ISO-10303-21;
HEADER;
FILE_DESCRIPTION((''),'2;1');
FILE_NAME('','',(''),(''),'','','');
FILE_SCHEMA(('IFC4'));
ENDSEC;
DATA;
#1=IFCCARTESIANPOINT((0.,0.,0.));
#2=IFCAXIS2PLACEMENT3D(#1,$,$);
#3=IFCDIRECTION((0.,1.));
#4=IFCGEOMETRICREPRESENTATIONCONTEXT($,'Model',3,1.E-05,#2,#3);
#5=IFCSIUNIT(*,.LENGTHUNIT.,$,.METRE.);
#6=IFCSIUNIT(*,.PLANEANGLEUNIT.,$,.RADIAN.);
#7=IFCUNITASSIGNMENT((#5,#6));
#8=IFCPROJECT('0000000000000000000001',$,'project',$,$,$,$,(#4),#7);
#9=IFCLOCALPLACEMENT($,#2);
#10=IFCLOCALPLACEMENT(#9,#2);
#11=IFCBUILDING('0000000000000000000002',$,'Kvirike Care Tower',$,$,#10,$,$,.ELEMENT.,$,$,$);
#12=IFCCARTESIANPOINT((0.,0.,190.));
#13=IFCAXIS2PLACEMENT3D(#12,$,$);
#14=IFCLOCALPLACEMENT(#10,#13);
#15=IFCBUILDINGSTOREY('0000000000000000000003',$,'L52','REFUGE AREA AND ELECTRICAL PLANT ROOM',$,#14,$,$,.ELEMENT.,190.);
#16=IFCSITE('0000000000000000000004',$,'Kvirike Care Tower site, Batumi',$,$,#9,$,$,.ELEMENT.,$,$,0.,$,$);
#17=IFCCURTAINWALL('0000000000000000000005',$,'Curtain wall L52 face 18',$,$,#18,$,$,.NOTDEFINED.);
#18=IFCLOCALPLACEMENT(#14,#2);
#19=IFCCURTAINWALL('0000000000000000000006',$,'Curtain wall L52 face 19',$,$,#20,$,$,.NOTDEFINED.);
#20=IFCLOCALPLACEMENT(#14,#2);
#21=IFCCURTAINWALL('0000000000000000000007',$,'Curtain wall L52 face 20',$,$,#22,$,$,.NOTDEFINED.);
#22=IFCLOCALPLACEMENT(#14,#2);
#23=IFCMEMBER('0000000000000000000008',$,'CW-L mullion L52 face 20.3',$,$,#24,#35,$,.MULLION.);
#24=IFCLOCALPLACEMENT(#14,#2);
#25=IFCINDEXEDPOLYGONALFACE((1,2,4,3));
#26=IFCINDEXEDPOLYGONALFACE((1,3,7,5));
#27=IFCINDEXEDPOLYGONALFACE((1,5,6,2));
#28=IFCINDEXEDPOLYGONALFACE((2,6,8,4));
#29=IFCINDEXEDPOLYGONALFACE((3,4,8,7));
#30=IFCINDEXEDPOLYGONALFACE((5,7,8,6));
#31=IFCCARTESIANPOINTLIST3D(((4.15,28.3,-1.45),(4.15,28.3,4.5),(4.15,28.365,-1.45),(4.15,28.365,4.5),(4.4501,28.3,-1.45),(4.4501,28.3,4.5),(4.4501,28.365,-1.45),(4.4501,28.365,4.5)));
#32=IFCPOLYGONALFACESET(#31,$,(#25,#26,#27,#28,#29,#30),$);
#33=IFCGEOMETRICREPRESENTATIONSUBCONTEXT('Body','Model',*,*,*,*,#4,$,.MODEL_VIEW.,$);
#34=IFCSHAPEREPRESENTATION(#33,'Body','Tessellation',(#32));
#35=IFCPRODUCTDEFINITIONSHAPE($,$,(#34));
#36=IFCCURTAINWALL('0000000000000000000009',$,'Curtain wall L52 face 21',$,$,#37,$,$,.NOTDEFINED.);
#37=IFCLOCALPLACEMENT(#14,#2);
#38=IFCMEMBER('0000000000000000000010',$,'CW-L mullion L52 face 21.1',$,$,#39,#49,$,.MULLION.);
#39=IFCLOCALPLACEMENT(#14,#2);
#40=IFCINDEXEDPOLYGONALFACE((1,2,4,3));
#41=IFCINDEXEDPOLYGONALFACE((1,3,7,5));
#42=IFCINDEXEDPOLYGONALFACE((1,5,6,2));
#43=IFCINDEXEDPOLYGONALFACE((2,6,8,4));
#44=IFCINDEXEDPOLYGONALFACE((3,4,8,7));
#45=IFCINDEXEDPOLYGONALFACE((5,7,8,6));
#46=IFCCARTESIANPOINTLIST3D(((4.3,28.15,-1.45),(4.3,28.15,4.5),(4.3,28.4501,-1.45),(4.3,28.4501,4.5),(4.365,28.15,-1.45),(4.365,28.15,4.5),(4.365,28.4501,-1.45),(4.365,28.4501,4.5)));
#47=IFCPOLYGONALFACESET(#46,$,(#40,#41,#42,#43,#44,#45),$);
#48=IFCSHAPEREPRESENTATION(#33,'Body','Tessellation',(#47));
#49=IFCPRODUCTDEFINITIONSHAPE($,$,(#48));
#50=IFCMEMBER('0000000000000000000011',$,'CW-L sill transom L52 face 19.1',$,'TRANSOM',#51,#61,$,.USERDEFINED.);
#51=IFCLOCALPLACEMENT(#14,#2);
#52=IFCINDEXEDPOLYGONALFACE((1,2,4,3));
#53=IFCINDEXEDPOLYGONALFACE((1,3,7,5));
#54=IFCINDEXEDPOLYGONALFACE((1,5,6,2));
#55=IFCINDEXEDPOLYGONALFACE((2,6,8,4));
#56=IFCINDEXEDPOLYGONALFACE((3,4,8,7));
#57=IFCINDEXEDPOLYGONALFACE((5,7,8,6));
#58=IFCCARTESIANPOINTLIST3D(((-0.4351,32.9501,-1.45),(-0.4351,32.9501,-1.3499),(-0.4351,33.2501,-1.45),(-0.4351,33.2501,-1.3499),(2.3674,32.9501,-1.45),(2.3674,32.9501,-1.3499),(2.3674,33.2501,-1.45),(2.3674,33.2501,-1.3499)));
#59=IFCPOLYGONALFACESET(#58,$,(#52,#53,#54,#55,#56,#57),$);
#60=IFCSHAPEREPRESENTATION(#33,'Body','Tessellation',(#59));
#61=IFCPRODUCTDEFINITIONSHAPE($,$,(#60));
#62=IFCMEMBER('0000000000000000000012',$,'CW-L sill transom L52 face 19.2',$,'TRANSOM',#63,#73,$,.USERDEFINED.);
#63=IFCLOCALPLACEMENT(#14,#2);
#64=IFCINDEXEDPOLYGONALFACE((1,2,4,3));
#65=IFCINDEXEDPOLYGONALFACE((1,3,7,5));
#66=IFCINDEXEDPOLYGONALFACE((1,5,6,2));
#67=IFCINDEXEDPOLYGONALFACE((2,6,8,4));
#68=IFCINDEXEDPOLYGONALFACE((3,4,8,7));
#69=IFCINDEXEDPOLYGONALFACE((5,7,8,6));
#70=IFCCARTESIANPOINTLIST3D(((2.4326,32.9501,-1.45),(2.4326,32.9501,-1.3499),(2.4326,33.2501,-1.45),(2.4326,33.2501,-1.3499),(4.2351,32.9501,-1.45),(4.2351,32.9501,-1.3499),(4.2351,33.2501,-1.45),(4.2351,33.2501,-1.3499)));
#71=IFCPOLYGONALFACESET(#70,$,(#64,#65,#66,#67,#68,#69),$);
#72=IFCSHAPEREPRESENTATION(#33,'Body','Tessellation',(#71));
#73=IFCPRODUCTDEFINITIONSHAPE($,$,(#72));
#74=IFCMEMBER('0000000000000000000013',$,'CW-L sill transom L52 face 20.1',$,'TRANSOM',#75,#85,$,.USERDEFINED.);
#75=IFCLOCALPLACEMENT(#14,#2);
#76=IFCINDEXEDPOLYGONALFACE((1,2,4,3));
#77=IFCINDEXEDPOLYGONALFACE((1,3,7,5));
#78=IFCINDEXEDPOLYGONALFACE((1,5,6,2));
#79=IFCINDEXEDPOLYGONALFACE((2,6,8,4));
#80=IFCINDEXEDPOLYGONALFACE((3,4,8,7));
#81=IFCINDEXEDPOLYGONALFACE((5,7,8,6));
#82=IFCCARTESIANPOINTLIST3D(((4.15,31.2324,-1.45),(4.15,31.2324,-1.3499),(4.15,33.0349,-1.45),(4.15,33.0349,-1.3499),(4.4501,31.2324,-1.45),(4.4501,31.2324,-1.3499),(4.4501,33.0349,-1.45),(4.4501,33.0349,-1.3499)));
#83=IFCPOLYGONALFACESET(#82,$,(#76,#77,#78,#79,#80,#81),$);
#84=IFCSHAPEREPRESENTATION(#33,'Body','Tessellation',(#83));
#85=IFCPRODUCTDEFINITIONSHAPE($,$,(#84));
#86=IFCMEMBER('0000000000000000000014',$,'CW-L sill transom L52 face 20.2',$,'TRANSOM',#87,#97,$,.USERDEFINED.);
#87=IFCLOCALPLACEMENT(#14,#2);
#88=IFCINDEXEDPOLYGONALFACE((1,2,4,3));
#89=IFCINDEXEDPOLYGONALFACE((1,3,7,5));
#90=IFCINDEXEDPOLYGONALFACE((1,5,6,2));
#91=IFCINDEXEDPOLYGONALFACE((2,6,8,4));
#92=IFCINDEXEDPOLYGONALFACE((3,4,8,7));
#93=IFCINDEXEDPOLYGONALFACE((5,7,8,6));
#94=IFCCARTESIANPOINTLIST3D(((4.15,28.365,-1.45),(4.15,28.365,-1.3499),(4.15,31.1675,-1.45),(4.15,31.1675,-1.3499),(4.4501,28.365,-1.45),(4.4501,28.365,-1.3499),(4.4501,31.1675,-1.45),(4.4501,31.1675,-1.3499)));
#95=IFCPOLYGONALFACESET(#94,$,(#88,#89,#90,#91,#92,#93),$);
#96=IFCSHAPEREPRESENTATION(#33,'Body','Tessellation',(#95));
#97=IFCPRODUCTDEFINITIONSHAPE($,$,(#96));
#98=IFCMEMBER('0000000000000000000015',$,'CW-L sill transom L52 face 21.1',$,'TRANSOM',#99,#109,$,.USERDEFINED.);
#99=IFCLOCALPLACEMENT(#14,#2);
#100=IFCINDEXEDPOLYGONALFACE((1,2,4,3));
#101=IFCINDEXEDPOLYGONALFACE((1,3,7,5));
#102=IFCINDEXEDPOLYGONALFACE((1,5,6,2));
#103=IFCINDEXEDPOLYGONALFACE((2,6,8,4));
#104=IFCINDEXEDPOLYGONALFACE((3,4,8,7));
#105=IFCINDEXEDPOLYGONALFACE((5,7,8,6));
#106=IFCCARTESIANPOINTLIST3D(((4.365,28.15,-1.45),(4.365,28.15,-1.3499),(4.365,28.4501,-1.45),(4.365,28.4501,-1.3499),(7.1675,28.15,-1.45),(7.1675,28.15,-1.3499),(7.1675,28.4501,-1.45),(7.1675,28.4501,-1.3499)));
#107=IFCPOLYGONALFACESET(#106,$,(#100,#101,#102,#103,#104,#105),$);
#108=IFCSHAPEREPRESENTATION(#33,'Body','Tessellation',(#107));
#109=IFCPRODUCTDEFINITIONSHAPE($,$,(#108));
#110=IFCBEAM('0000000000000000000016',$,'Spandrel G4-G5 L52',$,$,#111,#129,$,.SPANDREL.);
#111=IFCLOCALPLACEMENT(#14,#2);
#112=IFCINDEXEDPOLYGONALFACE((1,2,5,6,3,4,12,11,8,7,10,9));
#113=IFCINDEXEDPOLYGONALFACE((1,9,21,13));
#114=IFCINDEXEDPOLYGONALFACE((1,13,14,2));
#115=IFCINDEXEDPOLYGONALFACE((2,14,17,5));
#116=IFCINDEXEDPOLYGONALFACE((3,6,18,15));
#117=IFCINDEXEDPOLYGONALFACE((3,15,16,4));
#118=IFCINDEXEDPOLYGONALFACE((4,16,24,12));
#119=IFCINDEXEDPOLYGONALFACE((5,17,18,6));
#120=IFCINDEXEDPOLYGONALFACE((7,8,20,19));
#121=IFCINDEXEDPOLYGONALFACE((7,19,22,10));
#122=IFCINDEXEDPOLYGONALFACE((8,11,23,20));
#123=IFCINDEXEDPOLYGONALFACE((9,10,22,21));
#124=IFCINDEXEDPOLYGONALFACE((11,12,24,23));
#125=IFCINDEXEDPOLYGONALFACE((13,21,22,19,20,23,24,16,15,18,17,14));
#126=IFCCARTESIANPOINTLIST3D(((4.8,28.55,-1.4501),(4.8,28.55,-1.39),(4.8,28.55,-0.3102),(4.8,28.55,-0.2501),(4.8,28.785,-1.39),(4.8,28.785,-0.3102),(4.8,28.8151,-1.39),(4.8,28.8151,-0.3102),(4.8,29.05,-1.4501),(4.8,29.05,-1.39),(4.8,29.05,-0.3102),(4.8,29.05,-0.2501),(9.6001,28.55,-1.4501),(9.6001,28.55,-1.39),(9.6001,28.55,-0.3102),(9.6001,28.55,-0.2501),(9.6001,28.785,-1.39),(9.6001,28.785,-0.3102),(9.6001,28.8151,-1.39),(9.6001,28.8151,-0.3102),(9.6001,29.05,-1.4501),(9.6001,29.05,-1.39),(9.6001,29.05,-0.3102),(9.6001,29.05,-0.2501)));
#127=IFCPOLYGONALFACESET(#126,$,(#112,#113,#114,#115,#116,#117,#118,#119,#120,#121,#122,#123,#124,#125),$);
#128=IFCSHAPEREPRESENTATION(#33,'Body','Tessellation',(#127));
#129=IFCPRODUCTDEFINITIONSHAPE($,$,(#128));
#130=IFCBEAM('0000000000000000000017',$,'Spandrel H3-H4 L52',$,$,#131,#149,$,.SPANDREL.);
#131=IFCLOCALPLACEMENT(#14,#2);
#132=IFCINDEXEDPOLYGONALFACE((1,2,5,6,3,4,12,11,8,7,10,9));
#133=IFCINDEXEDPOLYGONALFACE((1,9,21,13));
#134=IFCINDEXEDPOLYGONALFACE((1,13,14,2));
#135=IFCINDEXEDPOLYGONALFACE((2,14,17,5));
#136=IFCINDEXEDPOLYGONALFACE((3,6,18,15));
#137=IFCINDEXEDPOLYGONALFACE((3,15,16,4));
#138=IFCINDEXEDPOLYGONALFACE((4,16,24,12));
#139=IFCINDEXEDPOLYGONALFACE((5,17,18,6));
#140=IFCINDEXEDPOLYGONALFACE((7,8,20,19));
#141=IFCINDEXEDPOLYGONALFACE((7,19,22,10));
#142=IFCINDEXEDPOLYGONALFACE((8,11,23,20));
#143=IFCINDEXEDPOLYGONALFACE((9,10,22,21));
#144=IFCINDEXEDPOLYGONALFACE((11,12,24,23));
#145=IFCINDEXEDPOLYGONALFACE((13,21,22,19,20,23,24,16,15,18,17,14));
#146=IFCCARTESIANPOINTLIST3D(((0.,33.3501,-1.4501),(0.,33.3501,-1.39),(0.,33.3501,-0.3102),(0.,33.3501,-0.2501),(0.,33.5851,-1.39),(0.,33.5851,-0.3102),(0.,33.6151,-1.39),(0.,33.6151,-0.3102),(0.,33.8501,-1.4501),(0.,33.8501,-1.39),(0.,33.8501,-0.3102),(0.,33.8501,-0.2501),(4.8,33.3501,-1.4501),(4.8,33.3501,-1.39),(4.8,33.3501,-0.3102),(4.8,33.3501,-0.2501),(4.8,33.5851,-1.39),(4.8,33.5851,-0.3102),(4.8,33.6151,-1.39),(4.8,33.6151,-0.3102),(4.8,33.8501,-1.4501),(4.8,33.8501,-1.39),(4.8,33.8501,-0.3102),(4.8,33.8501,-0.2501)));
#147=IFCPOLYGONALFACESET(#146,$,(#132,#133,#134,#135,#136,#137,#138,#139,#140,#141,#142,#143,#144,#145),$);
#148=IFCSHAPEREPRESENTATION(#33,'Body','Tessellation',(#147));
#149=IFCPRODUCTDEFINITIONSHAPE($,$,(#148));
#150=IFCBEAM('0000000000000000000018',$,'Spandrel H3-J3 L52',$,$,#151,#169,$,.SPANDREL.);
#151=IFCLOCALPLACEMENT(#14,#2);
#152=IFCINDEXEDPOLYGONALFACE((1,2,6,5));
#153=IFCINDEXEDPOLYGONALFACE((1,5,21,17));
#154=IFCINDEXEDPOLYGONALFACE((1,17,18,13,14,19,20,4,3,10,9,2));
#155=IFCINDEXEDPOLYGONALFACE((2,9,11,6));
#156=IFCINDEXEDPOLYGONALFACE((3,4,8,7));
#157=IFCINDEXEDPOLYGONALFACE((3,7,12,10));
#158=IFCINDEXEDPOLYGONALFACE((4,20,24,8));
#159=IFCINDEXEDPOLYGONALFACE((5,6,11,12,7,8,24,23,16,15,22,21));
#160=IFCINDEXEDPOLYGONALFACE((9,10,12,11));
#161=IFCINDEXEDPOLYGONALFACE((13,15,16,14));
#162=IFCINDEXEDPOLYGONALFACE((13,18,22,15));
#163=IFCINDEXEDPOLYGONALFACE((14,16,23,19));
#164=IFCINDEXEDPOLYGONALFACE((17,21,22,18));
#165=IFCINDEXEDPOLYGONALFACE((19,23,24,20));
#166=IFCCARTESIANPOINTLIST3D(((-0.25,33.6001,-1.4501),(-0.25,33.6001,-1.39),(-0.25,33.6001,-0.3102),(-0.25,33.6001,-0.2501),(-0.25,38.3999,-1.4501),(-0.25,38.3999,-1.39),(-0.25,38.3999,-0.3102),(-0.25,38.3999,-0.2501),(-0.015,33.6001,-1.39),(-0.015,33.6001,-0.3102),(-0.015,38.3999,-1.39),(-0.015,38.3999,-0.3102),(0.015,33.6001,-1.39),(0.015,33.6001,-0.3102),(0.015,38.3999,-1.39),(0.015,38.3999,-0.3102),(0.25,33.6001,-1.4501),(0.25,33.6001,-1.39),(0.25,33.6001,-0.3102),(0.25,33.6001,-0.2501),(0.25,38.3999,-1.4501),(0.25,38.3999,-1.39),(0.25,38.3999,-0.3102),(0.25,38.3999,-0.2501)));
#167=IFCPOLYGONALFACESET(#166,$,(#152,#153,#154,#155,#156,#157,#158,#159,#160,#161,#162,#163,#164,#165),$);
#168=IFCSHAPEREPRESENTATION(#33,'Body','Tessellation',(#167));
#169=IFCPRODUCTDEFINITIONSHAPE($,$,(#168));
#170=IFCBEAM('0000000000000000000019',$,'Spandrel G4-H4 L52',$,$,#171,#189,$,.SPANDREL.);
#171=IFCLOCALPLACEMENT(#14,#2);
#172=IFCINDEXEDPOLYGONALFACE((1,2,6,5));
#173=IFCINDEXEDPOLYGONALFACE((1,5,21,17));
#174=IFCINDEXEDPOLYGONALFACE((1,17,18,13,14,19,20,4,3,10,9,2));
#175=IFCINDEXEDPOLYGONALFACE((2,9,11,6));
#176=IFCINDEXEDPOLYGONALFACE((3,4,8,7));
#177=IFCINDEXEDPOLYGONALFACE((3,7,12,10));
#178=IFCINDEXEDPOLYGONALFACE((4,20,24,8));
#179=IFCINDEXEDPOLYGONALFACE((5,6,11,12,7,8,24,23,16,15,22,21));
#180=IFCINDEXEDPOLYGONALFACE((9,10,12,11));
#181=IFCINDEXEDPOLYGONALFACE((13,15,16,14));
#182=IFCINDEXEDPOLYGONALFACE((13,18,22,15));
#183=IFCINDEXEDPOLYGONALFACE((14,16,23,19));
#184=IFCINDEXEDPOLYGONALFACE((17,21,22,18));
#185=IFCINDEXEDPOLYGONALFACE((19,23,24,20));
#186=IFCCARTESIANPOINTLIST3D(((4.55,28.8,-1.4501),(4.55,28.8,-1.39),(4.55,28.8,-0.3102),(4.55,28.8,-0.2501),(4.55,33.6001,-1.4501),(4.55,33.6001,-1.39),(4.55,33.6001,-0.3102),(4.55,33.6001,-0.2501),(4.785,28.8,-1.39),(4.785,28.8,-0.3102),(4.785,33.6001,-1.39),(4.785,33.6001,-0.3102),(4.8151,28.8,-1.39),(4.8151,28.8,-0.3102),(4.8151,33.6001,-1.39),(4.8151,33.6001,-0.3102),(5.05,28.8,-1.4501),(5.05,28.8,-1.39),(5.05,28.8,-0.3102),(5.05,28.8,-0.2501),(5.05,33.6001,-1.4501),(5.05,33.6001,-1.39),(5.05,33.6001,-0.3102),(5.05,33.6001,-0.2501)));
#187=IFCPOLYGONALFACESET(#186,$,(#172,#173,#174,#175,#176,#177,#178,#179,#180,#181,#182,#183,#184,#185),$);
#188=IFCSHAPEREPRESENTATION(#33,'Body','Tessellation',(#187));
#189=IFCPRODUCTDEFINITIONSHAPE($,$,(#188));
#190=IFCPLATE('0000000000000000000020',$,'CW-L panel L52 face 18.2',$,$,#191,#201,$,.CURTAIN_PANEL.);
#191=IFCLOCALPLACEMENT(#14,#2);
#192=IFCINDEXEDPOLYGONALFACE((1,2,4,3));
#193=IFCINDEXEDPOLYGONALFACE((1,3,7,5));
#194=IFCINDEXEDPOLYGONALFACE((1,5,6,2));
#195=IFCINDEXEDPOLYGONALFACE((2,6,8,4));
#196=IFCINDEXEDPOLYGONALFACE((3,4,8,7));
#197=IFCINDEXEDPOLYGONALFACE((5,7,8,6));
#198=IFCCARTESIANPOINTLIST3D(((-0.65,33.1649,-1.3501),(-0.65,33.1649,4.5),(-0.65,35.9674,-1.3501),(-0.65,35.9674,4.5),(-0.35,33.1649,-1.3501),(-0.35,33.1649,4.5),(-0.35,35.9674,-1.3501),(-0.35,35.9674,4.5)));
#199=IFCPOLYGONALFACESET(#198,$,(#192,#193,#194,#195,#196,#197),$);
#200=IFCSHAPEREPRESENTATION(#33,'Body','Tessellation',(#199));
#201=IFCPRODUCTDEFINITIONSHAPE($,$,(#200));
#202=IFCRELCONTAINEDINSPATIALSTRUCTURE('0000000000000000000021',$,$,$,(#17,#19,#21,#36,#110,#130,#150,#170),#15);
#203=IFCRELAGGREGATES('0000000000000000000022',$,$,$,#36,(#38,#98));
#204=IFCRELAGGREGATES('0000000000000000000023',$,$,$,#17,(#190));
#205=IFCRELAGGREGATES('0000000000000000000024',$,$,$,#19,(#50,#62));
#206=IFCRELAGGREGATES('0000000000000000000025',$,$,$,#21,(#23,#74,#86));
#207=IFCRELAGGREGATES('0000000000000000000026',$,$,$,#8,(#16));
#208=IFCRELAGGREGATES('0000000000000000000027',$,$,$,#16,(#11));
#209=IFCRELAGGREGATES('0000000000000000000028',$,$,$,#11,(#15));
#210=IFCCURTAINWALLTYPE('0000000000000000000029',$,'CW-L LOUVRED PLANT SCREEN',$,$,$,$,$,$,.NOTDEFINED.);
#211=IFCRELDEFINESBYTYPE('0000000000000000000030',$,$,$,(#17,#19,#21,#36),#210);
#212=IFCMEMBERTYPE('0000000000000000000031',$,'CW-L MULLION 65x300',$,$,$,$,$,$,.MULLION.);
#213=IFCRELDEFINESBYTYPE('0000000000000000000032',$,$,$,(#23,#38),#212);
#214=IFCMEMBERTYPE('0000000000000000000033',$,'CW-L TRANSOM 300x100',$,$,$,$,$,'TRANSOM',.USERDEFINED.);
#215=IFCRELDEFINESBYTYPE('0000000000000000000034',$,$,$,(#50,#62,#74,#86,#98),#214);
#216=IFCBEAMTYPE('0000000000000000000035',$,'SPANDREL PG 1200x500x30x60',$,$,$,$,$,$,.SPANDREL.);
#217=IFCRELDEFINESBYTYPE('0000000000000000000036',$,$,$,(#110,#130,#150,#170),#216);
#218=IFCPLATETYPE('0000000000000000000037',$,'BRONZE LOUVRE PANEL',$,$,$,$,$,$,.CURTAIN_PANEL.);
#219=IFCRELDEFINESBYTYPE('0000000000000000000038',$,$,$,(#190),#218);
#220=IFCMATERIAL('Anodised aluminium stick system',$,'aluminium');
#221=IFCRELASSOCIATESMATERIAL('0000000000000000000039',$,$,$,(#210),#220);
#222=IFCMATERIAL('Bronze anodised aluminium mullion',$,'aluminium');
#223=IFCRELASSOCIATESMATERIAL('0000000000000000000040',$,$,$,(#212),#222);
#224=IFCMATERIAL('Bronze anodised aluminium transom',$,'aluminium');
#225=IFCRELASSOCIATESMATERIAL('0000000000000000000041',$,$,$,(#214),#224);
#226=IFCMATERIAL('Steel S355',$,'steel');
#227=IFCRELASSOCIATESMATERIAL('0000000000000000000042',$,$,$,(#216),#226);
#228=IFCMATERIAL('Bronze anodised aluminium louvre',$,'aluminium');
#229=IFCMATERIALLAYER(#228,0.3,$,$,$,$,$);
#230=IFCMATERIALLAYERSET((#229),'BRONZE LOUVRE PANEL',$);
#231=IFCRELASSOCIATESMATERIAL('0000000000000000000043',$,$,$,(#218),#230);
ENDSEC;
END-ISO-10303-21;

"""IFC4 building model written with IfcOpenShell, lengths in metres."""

from ifc_helpers import new_model, si_unit, direction, frame, origin, origin_2d, place, context, subcontext, project, spatial, rectangle, i_section, extrude, material, layer, layer_set, material_profile, profile_set, type_object, element, aggregate, save


model = new_model("IFC4")

# Units and contexts
model_context = context("Model", 3, precision=1e-05, world=origin(), true_north=direction((0.0, 1.0)))
body_context = subcontext(model_context, "Body", "Model", "MODEL_VIEW")
ifc_project = project(units=[si_unit("LENGTHUNIT", "METRE"), si_unit("PLANEANGLEUNIT", "RADIAN")], contexts=[model_context])

# Site, building, storey
site_placement = place(None, origin())
site = spatial("IfcSite", under=ifc_project, at=site_placement, Name="Kvirike Care Tower site, Batumi", CompositionType="ELEMENT", RefElevation=0.0)
building_placement = place(site_placement, origin())
building = spatial("IfcBuilding", under=site, at=building_placement, Name="Kvirike Care Tower", CompositionType="ELEMENT")
storey_placement = place(building_placement, frame((0.0, 0.0, 190.0)))
storey = spatial("IfcBuildingStorey", under=building, at=storey_placement, Name="L52", Description="REFUGE AREA AND ELECTRICAL PLANT ROOM", CompositionType="ELEMENT", Elevation=190.0)

# Curtain wall
ifc_material_1 = material(Name="Anodised aluminium stick system", Category="aluminium")
curtain_wall_type = type_object("IfcCurtainWallType", Name="CW-L LOUVRED PLANT SCREEN", PredefinedType="NOTDEFINED", material=ifc_material_1)
curtain_wall_1_placement = place(storey_placement, origin())
curtain_wall_1 = element("IfcCurtainWall", 1, at=curtain_wall_1_placement, inside=storey, type_object=curtain_wall_type, Name="Curtain wall L52 face 18", PredefinedType="NOTDEFINED")
ifc_material_2 = material(Name="Bronze anodised aluminium mullion", Category="aluminium")
ifc_material_profile_1 = material_profile(ifc_material_2, rectangle(XDim=0.0649, YDim=0.3, at=origin_2d()), Name="CW-L MULLION 65x300")
ifc_profile_set_1 = profile_set([ifc_material_profile_1], Name="Bronze anodised aluminium mullion")
member_type_1 = type_object("IfcMemberType", Name="CW-L MULLION 65x300", PredefinedType="MULLION", material=ifc_profile_set_1)

# Curtain walls, member
curtain_wall_2_placement = place(storey_placement, origin())
curtain_wall_2 = element("IfcCurtainWall", 2, at=curtain_wall_2_placement, inside=storey, type_object=curtain_wall_type, Name="Curtain wall L52 face 19", PredefinedType="NOTDEFINED")
curtain_wall_3_placement = place(storey_placement, origin())
curtain_wall_3 = element("IfcCurtainWall", 3, at=curtain_wall_3_placement, inside=storey, type_object=curtain_wall_type, Name="Curtain wall L52 face 20", PredefinedType="NOTDEFINED")
member_1_placement = place(storey_placement, frame((4.3, 28.3325, -1.45), z_axis=(0.0, 0.0, 1.0), x_axis=(0.0, -1.0, 0.0)))
member_1 = element("IfcMember", 4, at=member_1_placement, type_object=member_type_1, Name="CW-L mullion L52 face 20.3", PredefinedType="MULLION", context=body_context, shape_type="SweptSolid", body=[
    extrude(rectangle(XDim=0.0649, YDim=0.3, at=origin_2d()), origin(), (0.0, 0.0, 1.0), 5.95),
])

# Curtain wall, member
curtain_wall_4_placement = place(storey_placement, origin())
curtain_wall_4 = element("IfcCurtainWall", 5, at=curtain_wall_4_placement, inside=storey, type_object=curtain_wall_type, Name="Curtain wall L52 face 21", PredefinedType="NOTDEFINED")
member_2_placement = place(storey_placement, frame((4.3325, 28.3, -1.45), z_axis=(0.0, 0.0, 1.0), x_axis=(1.0, 0.0, 0.0)))
member_2 = element("IfcMember", 6, at=member_2_placement, type_object=member_type_1, Name="CW-L mullion L52 face 21.1", PredefinedType="MULLION", context=body_context, shape_type="SweptSolid", body=[
    extrude(rectangle(XDim=0.0649, YDim=0.3, at=origin_2d()), origin(), (0.0, 0.0, 1.0), 5.95),
])

# Members
ifc_material_3 = material(Name="Bronze anodised aluminium transom", Category="aluminium")
ifc_material_profile_2 = material_profile(ifc_material_3, rectangle(XDim=0.3, YDim=0.1001, at=origin_2d()), Name="CW-L TRANSOM 300x100")
ifc_profile_set_2 = profile_set([ifc_material_profile_2], Name="Bronze anodised aluminium transom")
member_type_2 = type_object("IfcMemberType", Name="CW-L TRANSOM 300x100", ElementType="TRANSOM", PredefinedType="USERDEFINED", material=ifc_profile_set_2)
member_3_placement = place(storey_placement, frame((-0.4351, 33.1001, -1.3999), z_axis=(1.0, 0.0, 0.0), x_axis=(0.0, 1.0, 0.0)))
member_3 = element("IfcMember", 7, at=member_3_placement, type_object=member_type_2, Name="CW-L sill transom L52 face 19.1", ObjectType="TRANSOM", PredefinedType="USERDEFINED", context=body_context, shape_type="SweptSolid", body=[
    extrude(rectangle(XDim=0.3, YDim=0.1001, at=origin_2d()), origin(), (0.0, 0.0, 1.0), 2.8025),
])
member_4_placement = place(storey_placement, frame((2.4326, 33.1001, -1.3999), z_axis=(1.0, 0.0, 0.0), x_axis=(0.0, 1.0, 0.0)))
member_4 = element("IfcMember", 8, at=member_4_placement, type_object=member_type_2, Name="CW-L sill transom L52 face 19.2", ObjectType="TRANSOM", PredefinedType="USERDEFINED", context=body_context, shape_type="SweptSolid", body=[
    extrude(rectangle(XDim=0.3, YDim=0.1001, at=origin_2d()), origin(), (0.0, 0.0, 1.0), 1.8025),
])
member_5_placement = place(storey_placement, frame((4.3, 33.0349, -1.3999), z_axis=(0.0, -1.0, 0.0), x_axis=(1.0, 0.0, 0.0)))
member_5 = element("IfcMember", 9, at=member_5_placement, type_object=member_type_2, Name="CW-L sill transom L52 face 20.1", ObjectType="TRANSOM", PredefinedType="USERDEFINED", context=body_context, shape_type="SweptSolid", body=[
    extrude(rectangle(XDim=0.3, YDim=0.1001, at=origin_2d()), origin(), (0.0, 0.0, 1.0), 1.8025),
])
member_6_placement = place(storey_placement, frame((4.3, 31.1675, -1.3999), z_axis=(0.0, -1.0, 0.0), x_axis=(1.0, 0.0, 0.0)))
member_6 = element("IfcMember", 10, at=member_6_placement, type_object=member_type_2, Name="CW-L sill transom L52 face 20.2", ObjectType="TRANSOM", PredefinedType="USERDEFINED", context=body_context, shape_type="SweptSolid", body=[
    extrude(rectangle(XDim=0.3, YDim=0.1001, at=origin_2d()), origin(), (0.0, 0.0, 1.0), 2.8025),
])
member_7_placement = place(storey_placement, frame((4.365, 28.3, -1.3999), z_axis=(1.0, 0.0, 0.0), x_axis=(0.0, 1.0, 0.0)))
member_7 = element("IfcMember", 11, at=member_7_placement, type_object=member_type_2, Name="CW-L sill transom L52 face 21.1", ObjectType="TRANSOM", PredefinedType="USERDEFINED", context=body_context, shape_type="SweptSolid", body=[
    extrude(rectangle(XDim=0.3, YDim=0.1001, at=origin_2d()), origin(), (0.0, 0.0, 1.0), 2.8025),
])
aggregate(curtain_wall_4, [member_2, member_7])

# Beams
ifc_material_4 = material(Name="Steel S355", Category="steel")
ifc_material_profile_3 = material_profile(ifc_material_4, i_section(OverallWidth=0.5, OverallDepth=1.2, WebThickness=0.03, FlangeThickness=0.0601, at=origin_2d()), Name="PG 1200x500x30x60")
ifc_profile_set_3 = profile_set([ifc_material_profile_3], Name="Steel S355")
beam_type = type_object("IfcBeamType", Name="SPANDREL PG 1200x500x30x60", PredefinedType="SPANDREL", material=ifc_profile_set_3)
for number, where, z_axis, x_axis, name in (
    (12, (4.8, 28.8, -0.8501), (1.0, 0.0, 0.0), (0.0, 1.0, 0.0), "Spandrel G4-G5 L52"),
    (13, (0.0, 33.6001, -0.8501), (1.0, 0.0, 0.0), (0.0, 1.0, 0.0), "Spandrel H3-H4 L52"),
):
    element("IfcBeam", number, at=place(storey_placement, frame(where, z_axis=z_axis, x_axis=x_axis)), inside=storey, type_object=beam_type, Name=name, PredefinedType="SPANDREL", context=body_context, shape_type="SweptSolid", body=[
        extrude(i_section(OverallWidth=0.5, OverallDepth=1.2, WebThickness=0.03, FlangeThickness=0.0601, at=origin_2d()), origin(), (0.0, 0.0, 1.0), 4.8),
    ])
beam_1_placement = place(storey_placement, frame((0.0, 33.6001, -0.8501), z_axis=(0.0, 1.0, 0.0), x_axis=(-1.0, 0.0, 0.0)))
element("IfcBeam", 14, at=beam_1_placement, inside=storey, type_object=beam_type, Name="Spandrel H3-J3 L52", PredefinedType="SPANDREL", context=body_context, shape_type="SweptSolid", body=[
    extrude(i_section(OverallWidth=0.5, OverallDepth=1.2, WebThickness=0.03, FlangeThickness=0.0601, at=origin_2d()), origin(), (0.0, 0.0, 1.0), 4.7998),
])
beam_2_placement = place(storey_placement, frame((4.8, 28.8, -0.8501), z_axis=(0.0, 1.0, 0.0), x_axis=(-1.0, 0.0, 0.0)))
element("IfcBeam", 15, at=beam_2_placement, inside=storey, type_object=beam_type, Name="Spandrel G4-H4 L52", PredefinedType="SPANDREL", context=body_context, shape_type="SweptSolid", body=[
    extrude(i_section(OverallWidth=0.5, OverallDepth=1.2, WebThickness=0.03, FlangeThickness=0.0601, at=origin_2d()), origin(), (0.0, 0.0, 1.0), 4.8),
])

# Plate
ifc_material_5 = material(Name="Bronze anodised aluminium louvre", Category="aluminium")
ifc_layer = layer(ifc_material_5, 0.3)
ifc_layer_set = layer_set([ifc_layer], Name="BRONZE LOUVRE PANEL")
plate_type = type_object("IfcPlateType", Name="BRONZE LOUVRE PANEL", PredefinedType="CURTAIN_PANEL", material=ifc_layer_set)
plate_1_placement = place(storey_placement, frame((-0.5, 34.5662, -1.3501), z_axis=(0.0, 0.0, 1.0), x_axis=(0.0, -1.0, 0.0)))
plate_1 = element("IfcPlate", 16, at=plate_1_placement, type_object=plate_type, Name="CW-L panel L52 face 18.2", PredefinedType="CURTAIN_PANEL", context=body_context, shape_type="SweptSolid", body=[
    extrude(rectangle(XDim=2.8025, YDim=0.3, at=origin_2d()), origin(), (0.0, 0.0, 1.0), 5.8501),
])
aggregate(curtain_wall_1, [plate_1])
aggregate(curtain_wall_2, [member_3, member_4])
aggregate(curtain_wall_3, [member_1, member_5, member_6])

save(model, "model.ifc")
